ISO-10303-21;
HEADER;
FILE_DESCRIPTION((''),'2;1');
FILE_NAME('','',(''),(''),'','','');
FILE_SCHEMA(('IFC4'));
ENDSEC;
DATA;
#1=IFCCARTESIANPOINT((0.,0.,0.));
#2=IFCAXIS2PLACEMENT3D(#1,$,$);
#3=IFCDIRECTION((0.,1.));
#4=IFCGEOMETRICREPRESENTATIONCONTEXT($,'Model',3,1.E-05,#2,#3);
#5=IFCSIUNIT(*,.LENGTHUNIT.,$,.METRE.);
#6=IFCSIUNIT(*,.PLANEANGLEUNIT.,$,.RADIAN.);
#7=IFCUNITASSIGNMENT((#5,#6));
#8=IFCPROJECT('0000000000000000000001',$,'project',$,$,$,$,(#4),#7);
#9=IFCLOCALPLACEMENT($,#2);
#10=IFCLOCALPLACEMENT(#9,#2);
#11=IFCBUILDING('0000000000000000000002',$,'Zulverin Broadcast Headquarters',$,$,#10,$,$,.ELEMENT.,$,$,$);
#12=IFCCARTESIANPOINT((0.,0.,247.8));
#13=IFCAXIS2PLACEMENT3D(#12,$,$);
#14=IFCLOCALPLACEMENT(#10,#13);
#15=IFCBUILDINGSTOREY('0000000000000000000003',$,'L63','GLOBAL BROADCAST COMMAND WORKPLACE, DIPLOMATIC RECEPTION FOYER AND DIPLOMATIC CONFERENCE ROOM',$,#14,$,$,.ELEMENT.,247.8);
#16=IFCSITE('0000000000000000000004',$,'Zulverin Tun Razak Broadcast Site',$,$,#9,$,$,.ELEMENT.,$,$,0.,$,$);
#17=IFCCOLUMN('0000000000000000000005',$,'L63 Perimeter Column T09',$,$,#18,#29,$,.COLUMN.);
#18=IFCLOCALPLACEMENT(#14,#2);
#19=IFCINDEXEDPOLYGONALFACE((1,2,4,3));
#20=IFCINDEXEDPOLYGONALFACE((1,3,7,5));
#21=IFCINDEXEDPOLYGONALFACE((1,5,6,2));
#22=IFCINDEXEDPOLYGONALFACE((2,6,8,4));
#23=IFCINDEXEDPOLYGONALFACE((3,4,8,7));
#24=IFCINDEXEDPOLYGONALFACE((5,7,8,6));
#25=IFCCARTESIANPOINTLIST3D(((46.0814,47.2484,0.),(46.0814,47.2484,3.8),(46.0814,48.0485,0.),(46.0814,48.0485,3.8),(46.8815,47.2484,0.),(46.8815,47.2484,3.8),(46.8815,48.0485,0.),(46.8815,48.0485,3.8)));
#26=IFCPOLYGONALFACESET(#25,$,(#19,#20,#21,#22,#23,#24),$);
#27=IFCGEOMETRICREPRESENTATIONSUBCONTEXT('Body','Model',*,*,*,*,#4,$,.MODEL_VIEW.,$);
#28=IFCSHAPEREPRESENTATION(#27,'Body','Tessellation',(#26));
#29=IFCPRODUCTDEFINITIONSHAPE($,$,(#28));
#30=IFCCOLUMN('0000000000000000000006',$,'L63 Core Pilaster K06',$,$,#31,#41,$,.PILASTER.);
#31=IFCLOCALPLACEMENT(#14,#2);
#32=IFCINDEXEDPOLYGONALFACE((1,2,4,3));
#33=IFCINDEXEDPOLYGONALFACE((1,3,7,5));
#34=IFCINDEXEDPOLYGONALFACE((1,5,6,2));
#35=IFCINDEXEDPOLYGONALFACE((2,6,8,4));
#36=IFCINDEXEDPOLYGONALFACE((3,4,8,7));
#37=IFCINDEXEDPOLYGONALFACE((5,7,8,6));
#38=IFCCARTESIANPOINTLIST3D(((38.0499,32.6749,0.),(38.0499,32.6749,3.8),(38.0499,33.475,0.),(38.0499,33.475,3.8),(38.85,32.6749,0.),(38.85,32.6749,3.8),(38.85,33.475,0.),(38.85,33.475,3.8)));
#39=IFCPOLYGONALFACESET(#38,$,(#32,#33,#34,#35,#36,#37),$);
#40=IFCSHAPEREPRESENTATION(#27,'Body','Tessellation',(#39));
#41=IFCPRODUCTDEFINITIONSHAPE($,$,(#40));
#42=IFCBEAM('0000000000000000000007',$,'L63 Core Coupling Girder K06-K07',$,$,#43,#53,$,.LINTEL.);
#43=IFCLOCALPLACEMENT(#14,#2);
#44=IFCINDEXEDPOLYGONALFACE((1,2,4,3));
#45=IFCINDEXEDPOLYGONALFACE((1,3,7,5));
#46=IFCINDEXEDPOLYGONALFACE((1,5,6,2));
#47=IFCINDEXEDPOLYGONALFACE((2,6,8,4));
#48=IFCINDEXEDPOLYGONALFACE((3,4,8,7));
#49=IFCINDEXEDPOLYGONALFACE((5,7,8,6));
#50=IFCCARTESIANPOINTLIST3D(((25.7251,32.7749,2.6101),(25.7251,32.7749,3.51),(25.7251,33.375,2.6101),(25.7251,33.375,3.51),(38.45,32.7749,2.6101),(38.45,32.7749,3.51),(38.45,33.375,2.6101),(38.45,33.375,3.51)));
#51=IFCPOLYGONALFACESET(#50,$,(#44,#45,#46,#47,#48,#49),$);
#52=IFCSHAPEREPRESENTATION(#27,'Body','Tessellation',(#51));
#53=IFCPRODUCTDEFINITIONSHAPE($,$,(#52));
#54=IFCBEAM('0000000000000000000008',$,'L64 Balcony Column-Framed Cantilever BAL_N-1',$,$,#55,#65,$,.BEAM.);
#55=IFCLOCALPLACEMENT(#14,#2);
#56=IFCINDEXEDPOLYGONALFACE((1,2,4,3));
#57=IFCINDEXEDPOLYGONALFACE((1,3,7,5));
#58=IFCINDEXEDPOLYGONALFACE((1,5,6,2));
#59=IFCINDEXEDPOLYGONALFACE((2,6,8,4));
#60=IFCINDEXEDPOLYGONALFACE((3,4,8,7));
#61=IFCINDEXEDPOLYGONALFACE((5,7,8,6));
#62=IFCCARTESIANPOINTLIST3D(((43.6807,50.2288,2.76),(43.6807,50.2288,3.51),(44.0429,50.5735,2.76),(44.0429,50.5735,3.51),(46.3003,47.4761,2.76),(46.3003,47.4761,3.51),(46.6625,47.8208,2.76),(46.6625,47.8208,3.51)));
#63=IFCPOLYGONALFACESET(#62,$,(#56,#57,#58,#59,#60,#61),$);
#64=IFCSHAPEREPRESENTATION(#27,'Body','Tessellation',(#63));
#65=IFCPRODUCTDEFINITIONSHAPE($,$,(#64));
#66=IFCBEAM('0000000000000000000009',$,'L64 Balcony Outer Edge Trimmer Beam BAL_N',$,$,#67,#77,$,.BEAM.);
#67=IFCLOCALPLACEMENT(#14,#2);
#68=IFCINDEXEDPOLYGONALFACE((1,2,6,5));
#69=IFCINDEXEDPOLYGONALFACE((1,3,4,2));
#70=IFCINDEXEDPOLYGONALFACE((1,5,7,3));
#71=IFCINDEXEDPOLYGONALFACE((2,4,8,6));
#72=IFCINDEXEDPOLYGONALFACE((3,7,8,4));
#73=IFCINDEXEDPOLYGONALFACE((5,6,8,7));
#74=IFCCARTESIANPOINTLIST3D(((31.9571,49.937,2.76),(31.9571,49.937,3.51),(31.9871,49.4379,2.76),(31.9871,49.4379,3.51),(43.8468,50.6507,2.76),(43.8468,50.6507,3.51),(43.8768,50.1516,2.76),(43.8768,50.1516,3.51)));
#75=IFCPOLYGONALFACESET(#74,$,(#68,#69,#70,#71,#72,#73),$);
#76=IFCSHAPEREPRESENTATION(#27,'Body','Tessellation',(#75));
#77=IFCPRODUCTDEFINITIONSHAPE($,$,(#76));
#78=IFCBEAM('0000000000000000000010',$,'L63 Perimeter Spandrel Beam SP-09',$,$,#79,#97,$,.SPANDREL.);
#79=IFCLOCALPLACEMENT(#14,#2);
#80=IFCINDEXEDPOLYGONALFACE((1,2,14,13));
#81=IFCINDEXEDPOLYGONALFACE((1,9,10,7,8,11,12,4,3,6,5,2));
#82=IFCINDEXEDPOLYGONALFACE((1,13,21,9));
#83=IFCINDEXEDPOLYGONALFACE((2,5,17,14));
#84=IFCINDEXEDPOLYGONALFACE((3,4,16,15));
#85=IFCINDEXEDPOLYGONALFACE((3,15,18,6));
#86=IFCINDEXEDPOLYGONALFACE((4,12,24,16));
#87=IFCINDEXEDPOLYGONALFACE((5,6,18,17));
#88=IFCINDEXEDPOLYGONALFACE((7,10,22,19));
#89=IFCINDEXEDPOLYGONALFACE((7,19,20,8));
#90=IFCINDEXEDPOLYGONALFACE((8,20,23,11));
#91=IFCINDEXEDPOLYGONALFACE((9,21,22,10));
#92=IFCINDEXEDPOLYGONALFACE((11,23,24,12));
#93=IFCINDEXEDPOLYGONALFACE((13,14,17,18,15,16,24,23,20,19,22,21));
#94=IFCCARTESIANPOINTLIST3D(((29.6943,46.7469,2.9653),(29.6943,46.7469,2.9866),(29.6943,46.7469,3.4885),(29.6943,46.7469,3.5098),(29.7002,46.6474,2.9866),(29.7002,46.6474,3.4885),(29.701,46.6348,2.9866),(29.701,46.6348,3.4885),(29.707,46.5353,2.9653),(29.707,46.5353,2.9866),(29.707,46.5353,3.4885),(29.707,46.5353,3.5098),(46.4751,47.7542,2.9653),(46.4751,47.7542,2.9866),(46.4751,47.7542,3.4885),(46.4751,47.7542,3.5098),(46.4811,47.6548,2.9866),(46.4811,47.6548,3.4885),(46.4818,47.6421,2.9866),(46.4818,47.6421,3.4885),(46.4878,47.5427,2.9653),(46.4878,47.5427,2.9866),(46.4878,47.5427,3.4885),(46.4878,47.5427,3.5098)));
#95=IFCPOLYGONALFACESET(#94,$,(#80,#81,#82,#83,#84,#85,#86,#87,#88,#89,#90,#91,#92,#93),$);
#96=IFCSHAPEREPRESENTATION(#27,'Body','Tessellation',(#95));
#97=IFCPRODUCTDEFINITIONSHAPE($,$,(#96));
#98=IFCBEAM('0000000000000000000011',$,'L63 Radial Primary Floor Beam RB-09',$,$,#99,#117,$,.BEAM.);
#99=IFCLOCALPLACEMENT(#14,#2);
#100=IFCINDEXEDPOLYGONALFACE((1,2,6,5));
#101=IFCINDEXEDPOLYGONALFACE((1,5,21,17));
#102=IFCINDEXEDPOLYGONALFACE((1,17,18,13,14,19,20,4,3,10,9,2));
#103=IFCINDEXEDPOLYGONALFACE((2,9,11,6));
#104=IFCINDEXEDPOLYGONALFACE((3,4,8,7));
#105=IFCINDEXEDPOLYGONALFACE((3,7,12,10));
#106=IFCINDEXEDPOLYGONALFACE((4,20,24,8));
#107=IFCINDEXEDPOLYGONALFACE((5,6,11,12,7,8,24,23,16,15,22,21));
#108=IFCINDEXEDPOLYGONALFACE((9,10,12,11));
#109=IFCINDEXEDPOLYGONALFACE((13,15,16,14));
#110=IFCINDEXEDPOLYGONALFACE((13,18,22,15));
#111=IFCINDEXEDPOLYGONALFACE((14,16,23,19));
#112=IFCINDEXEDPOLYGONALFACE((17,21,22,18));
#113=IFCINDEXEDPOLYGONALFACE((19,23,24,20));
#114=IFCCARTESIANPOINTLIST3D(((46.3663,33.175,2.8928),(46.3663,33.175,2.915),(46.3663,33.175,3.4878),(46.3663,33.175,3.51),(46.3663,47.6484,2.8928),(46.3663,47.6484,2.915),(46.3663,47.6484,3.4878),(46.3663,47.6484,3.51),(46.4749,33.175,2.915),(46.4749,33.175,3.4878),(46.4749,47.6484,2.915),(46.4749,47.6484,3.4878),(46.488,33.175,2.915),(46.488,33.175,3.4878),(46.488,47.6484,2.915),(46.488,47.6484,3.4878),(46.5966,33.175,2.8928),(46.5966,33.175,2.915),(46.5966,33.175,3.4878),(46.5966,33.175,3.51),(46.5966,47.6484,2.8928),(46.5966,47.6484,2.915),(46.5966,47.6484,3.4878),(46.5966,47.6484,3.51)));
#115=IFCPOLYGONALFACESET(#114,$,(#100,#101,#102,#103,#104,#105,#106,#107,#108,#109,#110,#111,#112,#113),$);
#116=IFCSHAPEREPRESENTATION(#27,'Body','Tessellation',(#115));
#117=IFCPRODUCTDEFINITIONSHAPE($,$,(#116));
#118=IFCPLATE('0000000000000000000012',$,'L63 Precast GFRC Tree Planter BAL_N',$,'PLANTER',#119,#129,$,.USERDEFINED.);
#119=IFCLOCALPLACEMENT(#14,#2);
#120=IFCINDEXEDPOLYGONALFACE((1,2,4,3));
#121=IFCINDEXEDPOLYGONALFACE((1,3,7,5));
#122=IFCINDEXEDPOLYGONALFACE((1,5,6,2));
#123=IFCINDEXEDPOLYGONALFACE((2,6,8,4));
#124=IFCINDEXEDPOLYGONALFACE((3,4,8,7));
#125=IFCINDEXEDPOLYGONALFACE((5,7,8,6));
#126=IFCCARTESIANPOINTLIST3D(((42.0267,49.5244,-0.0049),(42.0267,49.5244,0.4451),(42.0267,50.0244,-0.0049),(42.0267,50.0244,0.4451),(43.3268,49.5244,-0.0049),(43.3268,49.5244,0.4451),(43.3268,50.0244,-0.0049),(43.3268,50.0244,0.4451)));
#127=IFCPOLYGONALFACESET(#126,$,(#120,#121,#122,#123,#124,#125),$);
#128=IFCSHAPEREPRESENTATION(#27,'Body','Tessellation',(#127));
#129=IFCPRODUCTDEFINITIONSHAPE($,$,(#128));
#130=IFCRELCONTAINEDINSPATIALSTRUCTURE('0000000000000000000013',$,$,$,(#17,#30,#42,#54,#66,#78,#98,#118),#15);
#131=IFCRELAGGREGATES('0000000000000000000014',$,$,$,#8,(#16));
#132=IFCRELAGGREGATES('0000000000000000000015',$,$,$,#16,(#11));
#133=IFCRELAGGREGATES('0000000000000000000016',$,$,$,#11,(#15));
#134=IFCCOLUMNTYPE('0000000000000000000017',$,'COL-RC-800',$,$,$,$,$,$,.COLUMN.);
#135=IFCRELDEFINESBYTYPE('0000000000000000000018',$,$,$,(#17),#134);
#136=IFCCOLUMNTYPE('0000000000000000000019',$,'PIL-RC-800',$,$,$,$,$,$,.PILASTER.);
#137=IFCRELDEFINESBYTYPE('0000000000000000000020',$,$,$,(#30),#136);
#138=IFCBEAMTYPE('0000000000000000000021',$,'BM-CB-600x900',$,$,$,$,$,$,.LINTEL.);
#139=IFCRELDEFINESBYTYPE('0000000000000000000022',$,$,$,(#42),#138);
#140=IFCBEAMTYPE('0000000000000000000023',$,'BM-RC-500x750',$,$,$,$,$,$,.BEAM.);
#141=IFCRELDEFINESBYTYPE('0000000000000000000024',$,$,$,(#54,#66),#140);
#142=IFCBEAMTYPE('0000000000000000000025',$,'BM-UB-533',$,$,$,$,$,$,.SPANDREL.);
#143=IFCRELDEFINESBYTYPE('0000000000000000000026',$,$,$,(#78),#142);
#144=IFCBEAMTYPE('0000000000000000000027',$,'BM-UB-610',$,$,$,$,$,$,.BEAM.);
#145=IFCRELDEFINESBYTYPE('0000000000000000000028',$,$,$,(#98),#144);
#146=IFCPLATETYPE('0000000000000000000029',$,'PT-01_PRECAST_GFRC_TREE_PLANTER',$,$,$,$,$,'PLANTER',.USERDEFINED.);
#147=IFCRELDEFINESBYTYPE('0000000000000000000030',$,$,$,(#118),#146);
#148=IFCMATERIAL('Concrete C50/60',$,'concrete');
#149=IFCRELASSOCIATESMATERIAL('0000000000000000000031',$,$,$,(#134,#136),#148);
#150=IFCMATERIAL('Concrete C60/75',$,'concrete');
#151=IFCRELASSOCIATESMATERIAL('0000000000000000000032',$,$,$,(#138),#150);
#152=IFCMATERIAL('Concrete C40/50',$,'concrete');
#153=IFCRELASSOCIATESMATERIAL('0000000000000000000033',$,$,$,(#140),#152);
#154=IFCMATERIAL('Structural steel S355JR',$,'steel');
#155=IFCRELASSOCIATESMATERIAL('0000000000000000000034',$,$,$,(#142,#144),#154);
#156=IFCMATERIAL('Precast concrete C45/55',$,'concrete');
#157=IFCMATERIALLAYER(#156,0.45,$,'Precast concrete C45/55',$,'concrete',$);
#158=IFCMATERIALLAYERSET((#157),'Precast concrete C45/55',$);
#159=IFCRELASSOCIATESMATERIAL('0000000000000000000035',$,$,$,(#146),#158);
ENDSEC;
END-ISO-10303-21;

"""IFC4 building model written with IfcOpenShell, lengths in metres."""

from ifc_helpers import new_model, si_unit, direction, frame, origin, origin_2d, place, context, subcontext, project, spatial, rectangle, i_section, extrude, material, layer, layer_set, material_profile, profile_set, type_object, element, save


model = new_model("IFC4")

# Units and contexts
model_context = context("Model", 3, precision=1e-05, world=origin(), true_north=direction((0.0, 1.0)))
body_context = subcontext(model_context, "Body", "Model", "MODEL_VIEW")
ifc_project = project(units=[si_unit("LENGTHUNIT", "METRE"), si_unit("PLANEANGLEUNIT", "RADIAN")], contexts=[model_context])

# Site, building, storey
site_placement = place(None, origin())
site = spatial("IfcSite", under=ifc_project, at=site_placement, Name="Zulverin Tun Razak Broadcast Site", CompositionType="ELEMENT", RefElevation=0.0)
building_placement = place(site_placement, origin())
building = spatial("IfcBuilding", under=site, at=building_placement, Name="Zulverin Broadcast Headquarters", CompositionType="ELEMENT")
storey_placement = place(building_placement, frame((0.0, 0.0, 247.8)))
storey = spatial("IfcBuildingStorey", under=building, at=storey_placement, Name="L63", Description="GLOBAL BROADCAST COMMAND WORKPLACE, DIPLOMATIC RECEPTION FOYER AND DIPLOMATIC CONFERENCE ROOM", CompositionType="ELEMENT", Elevation=247.8)

# Columns
ifc_material_1 = material(Name="Concrete C50/60", Category="concrete")
ifc_material_profile_1 = material_profile(ifc_material_1, rectangle(XDim=0.8, YDim=0.8, at=origin_2d()), Name="Concrete C50/60", Category="concrete")
ifc_profile_set_1 = profile_set([ifc_material_profile_1], Name="Concrete C50/60")
column_type_1 = type_object("IfcColumnType", Name="COL-RC-800", PredefinedType="COLUMN", material=ifc_profile_set_1)
column_1_placement = place(storey_placement, frame((46.4814, 47.6484, 0.0), z_axis=(0.0, 0.0, 1.0), x_axis=(1.0, 0.0, 0.0)))
element("IfcColumn", 1, at=column_1_placement, inside=storey, type_object=column_type_1, Name="L63 Perimeter Column T09", PredefinedType="COLUMN", context=body_context, shape_type="SweptSolid", body=[
    extrude(rectangle(XDim=0.8, YDim=0.8, at=origin_2d()), origin(), (0.0, 0.0, 1.0), 3.8),
])
ifc_material_profile_2 = material_profile(ifc_material_1, rectangle(XDim=0.8, YDim=0.8, at=origin_2d()), Name="Concrete C50/60", Category="concrete")
ifc_profile_set_2 = profile_set([ifc_material_profile_2], Name="Concrete C50/60")
column_type_2 = type_object("IfcColumnType", Name="PIL-RC-800", PredefinedType="PILASTER", material=ifc_profile_set_2)
column_2_placement = place(storey_placement, frame((38.45, 33.075, 0.0), z_axis=(0.0, 0.0, 1.0), x_axis=(1.0, 0.0, 0.0)))
element("IfcColumn", 2, at=column_2_placement, inside=storey, type_object=column_type_2, Name="L63 Core Pilaster K06", PredefinedType="PILASTER", context=body_context, shape_type="SweptSolid", body=[
    extrude(rectangle(XDim=0.8, YDim=0.8, at=origin_2d()), origin(), (0.0, 0.0, 1.0), 3.8),
])

# Beams
ifc_material_2 = material(Name="Concrete C60/75", Category="concrete")
ifc_material_profile_3 = material_profile(ifc_material_2, rectangle(XDim=0.6001, YDim=0.8999, at=origin_2d()), Name="Concrete C60/75", Category="concrete")
ifc_profile_set_3 = profile_set([ifc_material_profile_3], Name="Concrete C60/75")
beam_type_1 = type_object("IfcBeamType", Name="BM-CB-600x900", PredefinedType="LINTEL", material=ifc_profile_set_3)
beam_1_placement = place(storey_placement, frame((38.45, 33.075, 3.0601), z_axis=(-1.0, 0.0, 0.0), x_axis=(0.0, -1.0, 0.0)))
element("IfcBeam", 3, at=beam_1_placement, inside=storey, type_object=beam_type_1, Name="L63 Core Coupling Girder K06-K07", PredefinedType="LINTEL", context=body_context, shape_type="SweptSolid", body=[
    extrude(rectangle(XDim=0.6001, YDim=0.8999, at=origin_2d()), origin(), (0.0, 0.0, 1.0), 12.7249),
])
ifc_material_3 = material(Name="Concrete C40/50", Category="concrete")
ifc_material_profile_4 = material_profile(ifc_material_3, rectangle(XDim=0.5, YDim=0.75, at=origin_2d()), Name="Concrete C40/50", Category="concrete")
ifc_profile_set_4 = profile_set([ifc_material_profile_4], Name="Concrete C40/50")
beam_type_2 = type_object("IfcBeamType", Name="BM-RC-500x750", PredefinedType="BEAM", material=ifc_profile_set_4)
beam_2_placement = place(storey_placement, frame((46.4814, 47.6484, 3.135), z_axis=(-0.689382, 0.724398, 0.0), x_axis=(-0.724398, -0.689382, 0.0)))
element("IfcBeam", 4, at=beam_2_placement, inside=storey, type_object=beam_type_2, Name="L64 Balcony Column-Framed Cantilever BAL_N-1", PredefinedType="BEAM", context=body_context, shape_type="SweptSolid", body=[
    extrude(rectangle(XDim=0.5, YDim=0.75, at=origin_2d()), origin(), (0.0, 0.0, 1.0), 3.8),
])
beam_3_placement = place(storey_placement, frame((43.8618, 50.4011, 3.135), z_axis=(-0.998204, -0.059913, 0.0), x_axis=(0.059913, -0.998204, 0.0)))
element("IfcBeam", 5, at=beam_3_placement, inside=storey, type_object=beam_type_2, Name="L64 Balcony Outer Edge Trimmer Beam BAL_N", PredefinedType="BEAM", context=body_context, shape_type="SweptSolid", body=[
    extrude(rectangle(XDim=0.5, YDim=0.75, at=origin_2d()), origin(), (0.0, 0.0, 1.0), 11.9111),
])
ifc_material_4 = material(Name="Structural steel S355JR", Category="steel")
ifc_material_profile_5 = material_profile(ifc_material_4, i_section(OverallWidth=0.2119, OverallDepth=0.5444, WebThickness=0.0127, FlangeThickness=0.0212, at=origin_2d()), Name="Structural steel S355JR", Category="steel")
ifc_profile_set_5 = profile_set([ifc_material_profile_5], Name="Structural steel S355JR")
beam_type_3 = type_object("IfcBeamType", Name="BM-UB-533", PredefinedType="SPANDREL", material=ifc_profile_set_5)
beam_4_placement = place(storey_placement, frame((46.4814, 47.6484, 3.2375), z_axis=(-0.998203, -0.059921, 0.0), x_axis=(0.059921, -0.998203, 0.0)))
element("IfcBeam", 6, at=beam_4_placement, inside=storey, type_object=beam_type_3, Name="L63 Perimeter Spandrel Beam SP-09", PredefinedType="SPANDREL", context=body_context, shape_type="SweptSolid", body=[
    extrude(i_section(OverallWidth=0.2119, OverallDepth=0.5444, WebThickness=0.0127, FlangeThickness=0.0212, at=origin_2d()), origin(), (0.0, 0.0, 1.0), 16.811),
])
ifc_material_profile_6 = material_profile(ifc_material_4, i_section(OverallWidth=0.2302, OverallDepth=0.6172, WebThickness=0.0132, FlangeThickness=0.0222, at=origin_2d()), Name="Structural steel S355JR", Category="steel")
ifc_profile_set_6 = profile_set([ifc_material_profile_6], Name="Structural steel S355JR")
beam_type_4 = type_object("IfcBeamType", Name="BM-UB-610", PredefinedType="BEAM", material=ifc_profile_set_6)
beam_5_placement = place(storey_placement, frame((46.4814, 33.175, 3.2014), z_axis=(0.0, 1.0, 0.0), x_axis=(-1.0, 0.0, 0.0)))
element("IfcBeam", 7, at=beam_5_placement, inside=storey, type_object=beam_type_4, Name="L63 Radial Primary Floor Beam RB-09", PredefinedType="BEAM", context=body_context, shape_type="SweptSolid", body=[
    extrude(i_section(OverallWidth=0.2302, OverallDepth=0.6172, WebThickness=0.0132, FlangeThickness=0.0222, at=origin_2d()), origin(), (0.0, 0.0, 1.0), 14.4734),
])

# Plate
ifc_material_5 = material(Name="Precast concrete C45/55", Category="concrete")
ifc_layer_1 = layer(ifc_material_5, 0.45, Name="Precast concrete C45/55", Category="concrete")
ifc_layer_set_1 = layer_set([ifc_layer_1], Name="Precast concrete C45/55")
plate_type = type_object("IfcPlateType", Name="PT-01_PRECAST_GFRC_TREE_PLANTER", ElementType="PLANTER", PredefinedType="USERDEFINED", material=ifc_layer_set_1)
plate_placement = place(storey_placement, frame((42.6768, 49.7744, -0.0049), z_axis=(0.0, 0.0, 1.0), x_axis=(1.0, 0.0, 0.0)))
element("IfcPlate", 8, at=plate_placement, inside=storey, type_object=plate_type, Name="L63 Precast GFRC Tree Planter BAL_N", ObjectType="PLANTER", PredefinedType="USERDEFINED", context=body_context, shape_type="SweptSolid", body=[
    extrude(rectangle(XDim=1.3, YDim=0.5, at=origin_2d()), origin(), (0.0, 0.0, 1.0), 0.45),
])

save(model, "model.ifc")
